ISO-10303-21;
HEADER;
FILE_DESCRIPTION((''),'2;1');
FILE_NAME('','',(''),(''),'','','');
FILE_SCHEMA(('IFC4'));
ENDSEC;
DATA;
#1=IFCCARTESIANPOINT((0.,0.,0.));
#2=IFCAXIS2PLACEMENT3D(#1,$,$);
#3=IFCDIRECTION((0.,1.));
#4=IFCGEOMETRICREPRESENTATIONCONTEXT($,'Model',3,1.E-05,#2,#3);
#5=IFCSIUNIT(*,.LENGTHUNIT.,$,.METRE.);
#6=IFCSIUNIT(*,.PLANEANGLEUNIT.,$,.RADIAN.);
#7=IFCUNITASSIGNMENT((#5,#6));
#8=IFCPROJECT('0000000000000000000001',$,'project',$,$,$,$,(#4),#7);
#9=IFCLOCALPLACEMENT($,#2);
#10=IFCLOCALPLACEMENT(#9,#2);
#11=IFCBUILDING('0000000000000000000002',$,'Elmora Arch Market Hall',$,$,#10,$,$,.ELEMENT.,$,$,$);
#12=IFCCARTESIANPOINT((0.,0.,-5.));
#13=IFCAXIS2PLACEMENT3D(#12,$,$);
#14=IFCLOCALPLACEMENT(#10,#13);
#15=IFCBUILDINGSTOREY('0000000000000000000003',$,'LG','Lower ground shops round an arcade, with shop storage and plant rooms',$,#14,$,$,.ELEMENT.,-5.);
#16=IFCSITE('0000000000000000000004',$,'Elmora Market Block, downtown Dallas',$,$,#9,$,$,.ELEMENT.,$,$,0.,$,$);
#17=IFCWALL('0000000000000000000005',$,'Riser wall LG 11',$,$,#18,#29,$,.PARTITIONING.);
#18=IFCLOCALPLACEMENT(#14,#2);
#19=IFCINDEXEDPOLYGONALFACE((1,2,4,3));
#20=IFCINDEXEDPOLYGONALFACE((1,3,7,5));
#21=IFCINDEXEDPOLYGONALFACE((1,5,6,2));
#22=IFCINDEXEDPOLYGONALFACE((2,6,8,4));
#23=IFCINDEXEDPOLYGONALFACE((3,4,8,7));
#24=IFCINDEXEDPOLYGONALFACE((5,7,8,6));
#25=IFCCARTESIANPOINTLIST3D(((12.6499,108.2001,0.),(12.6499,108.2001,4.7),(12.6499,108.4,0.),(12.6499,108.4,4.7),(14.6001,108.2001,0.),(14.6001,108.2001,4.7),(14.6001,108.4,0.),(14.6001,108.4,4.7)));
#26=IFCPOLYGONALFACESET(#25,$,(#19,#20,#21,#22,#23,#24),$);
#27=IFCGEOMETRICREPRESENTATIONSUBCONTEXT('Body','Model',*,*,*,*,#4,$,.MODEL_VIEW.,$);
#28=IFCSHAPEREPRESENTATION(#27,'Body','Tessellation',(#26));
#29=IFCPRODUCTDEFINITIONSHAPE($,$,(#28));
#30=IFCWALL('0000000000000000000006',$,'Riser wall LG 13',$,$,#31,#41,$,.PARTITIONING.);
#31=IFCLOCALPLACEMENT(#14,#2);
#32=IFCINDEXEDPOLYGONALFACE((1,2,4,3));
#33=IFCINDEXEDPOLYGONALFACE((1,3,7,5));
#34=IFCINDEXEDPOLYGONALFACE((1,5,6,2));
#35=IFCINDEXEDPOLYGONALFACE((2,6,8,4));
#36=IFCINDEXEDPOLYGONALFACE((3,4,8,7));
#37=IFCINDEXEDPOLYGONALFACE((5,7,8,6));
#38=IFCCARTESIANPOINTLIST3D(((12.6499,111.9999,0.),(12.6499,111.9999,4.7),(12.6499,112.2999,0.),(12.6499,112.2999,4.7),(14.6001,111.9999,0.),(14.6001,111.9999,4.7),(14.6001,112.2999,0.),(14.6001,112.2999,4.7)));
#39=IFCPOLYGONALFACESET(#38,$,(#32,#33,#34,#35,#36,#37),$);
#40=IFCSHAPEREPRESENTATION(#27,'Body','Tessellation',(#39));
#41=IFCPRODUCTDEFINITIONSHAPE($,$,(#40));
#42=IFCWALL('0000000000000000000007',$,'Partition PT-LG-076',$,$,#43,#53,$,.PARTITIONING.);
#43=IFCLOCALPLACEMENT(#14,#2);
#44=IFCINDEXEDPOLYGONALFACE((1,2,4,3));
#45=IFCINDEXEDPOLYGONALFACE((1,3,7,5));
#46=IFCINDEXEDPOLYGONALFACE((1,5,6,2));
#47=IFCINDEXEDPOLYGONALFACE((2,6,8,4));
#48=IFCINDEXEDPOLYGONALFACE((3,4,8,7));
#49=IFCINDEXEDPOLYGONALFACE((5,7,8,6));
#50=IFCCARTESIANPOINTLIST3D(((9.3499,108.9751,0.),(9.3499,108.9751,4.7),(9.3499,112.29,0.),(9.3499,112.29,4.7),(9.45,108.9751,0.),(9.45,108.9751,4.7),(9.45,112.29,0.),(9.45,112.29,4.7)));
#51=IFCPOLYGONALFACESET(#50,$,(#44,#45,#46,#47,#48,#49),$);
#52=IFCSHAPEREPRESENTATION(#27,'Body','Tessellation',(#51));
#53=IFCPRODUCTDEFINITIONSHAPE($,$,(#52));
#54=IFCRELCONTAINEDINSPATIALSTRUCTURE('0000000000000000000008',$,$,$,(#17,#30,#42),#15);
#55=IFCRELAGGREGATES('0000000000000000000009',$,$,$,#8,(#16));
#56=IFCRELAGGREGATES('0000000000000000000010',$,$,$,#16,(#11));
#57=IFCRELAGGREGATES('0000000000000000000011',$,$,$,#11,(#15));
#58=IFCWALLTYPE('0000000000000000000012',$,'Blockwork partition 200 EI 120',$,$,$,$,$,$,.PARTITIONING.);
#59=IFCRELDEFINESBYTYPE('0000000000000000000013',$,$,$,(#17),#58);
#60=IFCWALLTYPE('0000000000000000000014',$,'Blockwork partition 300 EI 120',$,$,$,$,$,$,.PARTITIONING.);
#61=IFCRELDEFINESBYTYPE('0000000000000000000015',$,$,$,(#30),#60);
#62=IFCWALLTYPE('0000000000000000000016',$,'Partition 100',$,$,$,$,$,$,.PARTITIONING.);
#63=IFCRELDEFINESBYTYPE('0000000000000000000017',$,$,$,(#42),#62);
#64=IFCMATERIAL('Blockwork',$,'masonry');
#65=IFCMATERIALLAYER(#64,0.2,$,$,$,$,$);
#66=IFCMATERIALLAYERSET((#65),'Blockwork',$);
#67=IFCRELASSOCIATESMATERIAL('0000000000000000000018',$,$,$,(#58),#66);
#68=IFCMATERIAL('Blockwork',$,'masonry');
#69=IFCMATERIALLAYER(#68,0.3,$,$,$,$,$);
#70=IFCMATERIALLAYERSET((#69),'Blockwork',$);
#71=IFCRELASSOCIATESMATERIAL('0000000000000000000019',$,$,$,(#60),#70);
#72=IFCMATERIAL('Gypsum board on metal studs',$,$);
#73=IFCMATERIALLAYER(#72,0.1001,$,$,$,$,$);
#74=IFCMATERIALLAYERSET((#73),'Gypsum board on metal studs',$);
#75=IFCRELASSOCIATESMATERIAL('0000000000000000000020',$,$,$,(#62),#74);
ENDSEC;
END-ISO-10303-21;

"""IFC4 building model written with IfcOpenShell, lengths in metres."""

from ifc_helpers import new_model, si_unit, direction, frame, frame_2d, origin, place, context, subcontext, project, spatial, rectangle, extrude, material, layer, layer_set, type_object, element, save


model = new_model("IFC4")

# Units and contexts
model_context = context("Model", 3, precision=1e-05, world=origin(), true_north=direction((0.0, 1.0)))
body_context = subcontext(model_context, "Body", "Model", "MODEL_VIEW")
ifc_project = project(units=[si_unit("LENGTHUNIT", "METRE"), si_unit("PLANEANGLEUNIT", "RADIAN")], contexts=[model_context])

# Site, building, storey
site_placement = place(None, origin())
site = spatial("IfcSite", under=ifc_project, at=site_placement, Name="Elmora Market Block, downtown Dallas", CompositionType="ELEMENT", RefElevation=0.0)
building_placement = place(site_placement, origin())
building = spatial("IfcBuilding", under=site, at=building_placement, Name="Elmora Arch Market Hall", CompositionType="ELEMENT")
storey_placement = place(building_placement, frame((0.0, 0.0, -5.0)))
storey = spatial("IfcBuildingStorey", under=building, at=storey_placement, Name="LG", Description="Lower ground shops round an arcade, with shop storage and plant rooms", CompositionType="ELEMENT", Elevation=-5.0)

# Walls
ifc_material_1 = material(Name="Blockwork", Category="masonry")
ifc_layer_1 = layer(ifc_material_1, 0.2)
ifc_layer_set_1 = layer_set([ifc_layer_1], Name="Blockwork")
wall_type_1 = type_object("IfcWallType", Name="Blockwork partition 200 EI 120", PredefinedType="PARTITIONING", material=ifc_layer_set_1)
wall_1_placement = place(storey_placement, frame((12.6499, 108.3, 0.0), z_axis=(0.0, 0.0, 1.0), x_axis=(1.0, 0.0, 0.0)))
element("IfcWall", 1, at=wall_1_placement, inside=storey, type_object=wall_type_1, Name="Riser wall LG 11", PredefinedType="PARTITIONING", context=body_context, shape_type="SweptSolid", body=[
    extrude(rectangle(XDim=1.9502, YDim=0.2, at=frame_2d((0.9751, 0.0))), origin(), (0.0, 0.0, 1.0), 4.7),
])
ifc_material_2 = material(Name="Blockwork", Category="masonry")
ifc_layer_2 = layer(ifc_material_2, 0.3)
ifc_layer_set_2 = layer_set([ifc_layer_2], Name="Blockwork")
wall_type_2 = type_object("IfcWallType", Name="Blockwork partition 300 EI 120", PredefinedType="PARTITIONING", material=ifc_layer_set_2)
wall_2_placement = place(storey_placement, frame((12.6499, 112.1499, 0.0), z_axis=(0.0, 0.0, 1.0), x_axis=(1.0, 0.0, 0.0)))
element("IfcWall", 2, at=wall_2_placement, inside=storey, type_object=wall_type_2, Name="Riser wall LG 13", PredefinedType="PARTITIONING", context=body_context, shape_type="SweptSolid", body=[
    extrude(rectangle(XDim=1.9502, YDim=0.3, at=frame_2d((0.9751, 0.0))), origin(), (0.0, 0.0, 1.0), 4.7),
])
ifc_material_3 = material(Name="Gypsum board on metal studs")
ifc_layer_3 = layer(ifc_material_3, 0.1001)
ifc_layer_set_3 = layer_set([ifc_layer_3], Name="Gypsum board on metal studs")
wall_type_3 = type_object("IfcWallType", Name="Partition 100", PredefinedType="PARTITIONING", material=ifc_layer_set_3)
wall_3_placement = place(storey_placement, frame((9.3999, 108.9751, 0.0), z_axis=(0.0, 0.0, 1.0), x_axis=(0.0, 1.0, 0.0)))
element("IfcWall", 3, at=wall_3_placement, inside=storey, type_object=wall_type_3, Name="Partition PT-LG-076", PredefinedType="PARTITIONING", context=body_context, shape_type="SweptSolid", body=[
    extrude(rectangle(XDim=3.3149, YDim=0.1001, at=frame_2d((1.6575, 0.0))), origin(), (0.0, 0.0, 1.0), 4.7),
])

save(model, "model.ifc")
